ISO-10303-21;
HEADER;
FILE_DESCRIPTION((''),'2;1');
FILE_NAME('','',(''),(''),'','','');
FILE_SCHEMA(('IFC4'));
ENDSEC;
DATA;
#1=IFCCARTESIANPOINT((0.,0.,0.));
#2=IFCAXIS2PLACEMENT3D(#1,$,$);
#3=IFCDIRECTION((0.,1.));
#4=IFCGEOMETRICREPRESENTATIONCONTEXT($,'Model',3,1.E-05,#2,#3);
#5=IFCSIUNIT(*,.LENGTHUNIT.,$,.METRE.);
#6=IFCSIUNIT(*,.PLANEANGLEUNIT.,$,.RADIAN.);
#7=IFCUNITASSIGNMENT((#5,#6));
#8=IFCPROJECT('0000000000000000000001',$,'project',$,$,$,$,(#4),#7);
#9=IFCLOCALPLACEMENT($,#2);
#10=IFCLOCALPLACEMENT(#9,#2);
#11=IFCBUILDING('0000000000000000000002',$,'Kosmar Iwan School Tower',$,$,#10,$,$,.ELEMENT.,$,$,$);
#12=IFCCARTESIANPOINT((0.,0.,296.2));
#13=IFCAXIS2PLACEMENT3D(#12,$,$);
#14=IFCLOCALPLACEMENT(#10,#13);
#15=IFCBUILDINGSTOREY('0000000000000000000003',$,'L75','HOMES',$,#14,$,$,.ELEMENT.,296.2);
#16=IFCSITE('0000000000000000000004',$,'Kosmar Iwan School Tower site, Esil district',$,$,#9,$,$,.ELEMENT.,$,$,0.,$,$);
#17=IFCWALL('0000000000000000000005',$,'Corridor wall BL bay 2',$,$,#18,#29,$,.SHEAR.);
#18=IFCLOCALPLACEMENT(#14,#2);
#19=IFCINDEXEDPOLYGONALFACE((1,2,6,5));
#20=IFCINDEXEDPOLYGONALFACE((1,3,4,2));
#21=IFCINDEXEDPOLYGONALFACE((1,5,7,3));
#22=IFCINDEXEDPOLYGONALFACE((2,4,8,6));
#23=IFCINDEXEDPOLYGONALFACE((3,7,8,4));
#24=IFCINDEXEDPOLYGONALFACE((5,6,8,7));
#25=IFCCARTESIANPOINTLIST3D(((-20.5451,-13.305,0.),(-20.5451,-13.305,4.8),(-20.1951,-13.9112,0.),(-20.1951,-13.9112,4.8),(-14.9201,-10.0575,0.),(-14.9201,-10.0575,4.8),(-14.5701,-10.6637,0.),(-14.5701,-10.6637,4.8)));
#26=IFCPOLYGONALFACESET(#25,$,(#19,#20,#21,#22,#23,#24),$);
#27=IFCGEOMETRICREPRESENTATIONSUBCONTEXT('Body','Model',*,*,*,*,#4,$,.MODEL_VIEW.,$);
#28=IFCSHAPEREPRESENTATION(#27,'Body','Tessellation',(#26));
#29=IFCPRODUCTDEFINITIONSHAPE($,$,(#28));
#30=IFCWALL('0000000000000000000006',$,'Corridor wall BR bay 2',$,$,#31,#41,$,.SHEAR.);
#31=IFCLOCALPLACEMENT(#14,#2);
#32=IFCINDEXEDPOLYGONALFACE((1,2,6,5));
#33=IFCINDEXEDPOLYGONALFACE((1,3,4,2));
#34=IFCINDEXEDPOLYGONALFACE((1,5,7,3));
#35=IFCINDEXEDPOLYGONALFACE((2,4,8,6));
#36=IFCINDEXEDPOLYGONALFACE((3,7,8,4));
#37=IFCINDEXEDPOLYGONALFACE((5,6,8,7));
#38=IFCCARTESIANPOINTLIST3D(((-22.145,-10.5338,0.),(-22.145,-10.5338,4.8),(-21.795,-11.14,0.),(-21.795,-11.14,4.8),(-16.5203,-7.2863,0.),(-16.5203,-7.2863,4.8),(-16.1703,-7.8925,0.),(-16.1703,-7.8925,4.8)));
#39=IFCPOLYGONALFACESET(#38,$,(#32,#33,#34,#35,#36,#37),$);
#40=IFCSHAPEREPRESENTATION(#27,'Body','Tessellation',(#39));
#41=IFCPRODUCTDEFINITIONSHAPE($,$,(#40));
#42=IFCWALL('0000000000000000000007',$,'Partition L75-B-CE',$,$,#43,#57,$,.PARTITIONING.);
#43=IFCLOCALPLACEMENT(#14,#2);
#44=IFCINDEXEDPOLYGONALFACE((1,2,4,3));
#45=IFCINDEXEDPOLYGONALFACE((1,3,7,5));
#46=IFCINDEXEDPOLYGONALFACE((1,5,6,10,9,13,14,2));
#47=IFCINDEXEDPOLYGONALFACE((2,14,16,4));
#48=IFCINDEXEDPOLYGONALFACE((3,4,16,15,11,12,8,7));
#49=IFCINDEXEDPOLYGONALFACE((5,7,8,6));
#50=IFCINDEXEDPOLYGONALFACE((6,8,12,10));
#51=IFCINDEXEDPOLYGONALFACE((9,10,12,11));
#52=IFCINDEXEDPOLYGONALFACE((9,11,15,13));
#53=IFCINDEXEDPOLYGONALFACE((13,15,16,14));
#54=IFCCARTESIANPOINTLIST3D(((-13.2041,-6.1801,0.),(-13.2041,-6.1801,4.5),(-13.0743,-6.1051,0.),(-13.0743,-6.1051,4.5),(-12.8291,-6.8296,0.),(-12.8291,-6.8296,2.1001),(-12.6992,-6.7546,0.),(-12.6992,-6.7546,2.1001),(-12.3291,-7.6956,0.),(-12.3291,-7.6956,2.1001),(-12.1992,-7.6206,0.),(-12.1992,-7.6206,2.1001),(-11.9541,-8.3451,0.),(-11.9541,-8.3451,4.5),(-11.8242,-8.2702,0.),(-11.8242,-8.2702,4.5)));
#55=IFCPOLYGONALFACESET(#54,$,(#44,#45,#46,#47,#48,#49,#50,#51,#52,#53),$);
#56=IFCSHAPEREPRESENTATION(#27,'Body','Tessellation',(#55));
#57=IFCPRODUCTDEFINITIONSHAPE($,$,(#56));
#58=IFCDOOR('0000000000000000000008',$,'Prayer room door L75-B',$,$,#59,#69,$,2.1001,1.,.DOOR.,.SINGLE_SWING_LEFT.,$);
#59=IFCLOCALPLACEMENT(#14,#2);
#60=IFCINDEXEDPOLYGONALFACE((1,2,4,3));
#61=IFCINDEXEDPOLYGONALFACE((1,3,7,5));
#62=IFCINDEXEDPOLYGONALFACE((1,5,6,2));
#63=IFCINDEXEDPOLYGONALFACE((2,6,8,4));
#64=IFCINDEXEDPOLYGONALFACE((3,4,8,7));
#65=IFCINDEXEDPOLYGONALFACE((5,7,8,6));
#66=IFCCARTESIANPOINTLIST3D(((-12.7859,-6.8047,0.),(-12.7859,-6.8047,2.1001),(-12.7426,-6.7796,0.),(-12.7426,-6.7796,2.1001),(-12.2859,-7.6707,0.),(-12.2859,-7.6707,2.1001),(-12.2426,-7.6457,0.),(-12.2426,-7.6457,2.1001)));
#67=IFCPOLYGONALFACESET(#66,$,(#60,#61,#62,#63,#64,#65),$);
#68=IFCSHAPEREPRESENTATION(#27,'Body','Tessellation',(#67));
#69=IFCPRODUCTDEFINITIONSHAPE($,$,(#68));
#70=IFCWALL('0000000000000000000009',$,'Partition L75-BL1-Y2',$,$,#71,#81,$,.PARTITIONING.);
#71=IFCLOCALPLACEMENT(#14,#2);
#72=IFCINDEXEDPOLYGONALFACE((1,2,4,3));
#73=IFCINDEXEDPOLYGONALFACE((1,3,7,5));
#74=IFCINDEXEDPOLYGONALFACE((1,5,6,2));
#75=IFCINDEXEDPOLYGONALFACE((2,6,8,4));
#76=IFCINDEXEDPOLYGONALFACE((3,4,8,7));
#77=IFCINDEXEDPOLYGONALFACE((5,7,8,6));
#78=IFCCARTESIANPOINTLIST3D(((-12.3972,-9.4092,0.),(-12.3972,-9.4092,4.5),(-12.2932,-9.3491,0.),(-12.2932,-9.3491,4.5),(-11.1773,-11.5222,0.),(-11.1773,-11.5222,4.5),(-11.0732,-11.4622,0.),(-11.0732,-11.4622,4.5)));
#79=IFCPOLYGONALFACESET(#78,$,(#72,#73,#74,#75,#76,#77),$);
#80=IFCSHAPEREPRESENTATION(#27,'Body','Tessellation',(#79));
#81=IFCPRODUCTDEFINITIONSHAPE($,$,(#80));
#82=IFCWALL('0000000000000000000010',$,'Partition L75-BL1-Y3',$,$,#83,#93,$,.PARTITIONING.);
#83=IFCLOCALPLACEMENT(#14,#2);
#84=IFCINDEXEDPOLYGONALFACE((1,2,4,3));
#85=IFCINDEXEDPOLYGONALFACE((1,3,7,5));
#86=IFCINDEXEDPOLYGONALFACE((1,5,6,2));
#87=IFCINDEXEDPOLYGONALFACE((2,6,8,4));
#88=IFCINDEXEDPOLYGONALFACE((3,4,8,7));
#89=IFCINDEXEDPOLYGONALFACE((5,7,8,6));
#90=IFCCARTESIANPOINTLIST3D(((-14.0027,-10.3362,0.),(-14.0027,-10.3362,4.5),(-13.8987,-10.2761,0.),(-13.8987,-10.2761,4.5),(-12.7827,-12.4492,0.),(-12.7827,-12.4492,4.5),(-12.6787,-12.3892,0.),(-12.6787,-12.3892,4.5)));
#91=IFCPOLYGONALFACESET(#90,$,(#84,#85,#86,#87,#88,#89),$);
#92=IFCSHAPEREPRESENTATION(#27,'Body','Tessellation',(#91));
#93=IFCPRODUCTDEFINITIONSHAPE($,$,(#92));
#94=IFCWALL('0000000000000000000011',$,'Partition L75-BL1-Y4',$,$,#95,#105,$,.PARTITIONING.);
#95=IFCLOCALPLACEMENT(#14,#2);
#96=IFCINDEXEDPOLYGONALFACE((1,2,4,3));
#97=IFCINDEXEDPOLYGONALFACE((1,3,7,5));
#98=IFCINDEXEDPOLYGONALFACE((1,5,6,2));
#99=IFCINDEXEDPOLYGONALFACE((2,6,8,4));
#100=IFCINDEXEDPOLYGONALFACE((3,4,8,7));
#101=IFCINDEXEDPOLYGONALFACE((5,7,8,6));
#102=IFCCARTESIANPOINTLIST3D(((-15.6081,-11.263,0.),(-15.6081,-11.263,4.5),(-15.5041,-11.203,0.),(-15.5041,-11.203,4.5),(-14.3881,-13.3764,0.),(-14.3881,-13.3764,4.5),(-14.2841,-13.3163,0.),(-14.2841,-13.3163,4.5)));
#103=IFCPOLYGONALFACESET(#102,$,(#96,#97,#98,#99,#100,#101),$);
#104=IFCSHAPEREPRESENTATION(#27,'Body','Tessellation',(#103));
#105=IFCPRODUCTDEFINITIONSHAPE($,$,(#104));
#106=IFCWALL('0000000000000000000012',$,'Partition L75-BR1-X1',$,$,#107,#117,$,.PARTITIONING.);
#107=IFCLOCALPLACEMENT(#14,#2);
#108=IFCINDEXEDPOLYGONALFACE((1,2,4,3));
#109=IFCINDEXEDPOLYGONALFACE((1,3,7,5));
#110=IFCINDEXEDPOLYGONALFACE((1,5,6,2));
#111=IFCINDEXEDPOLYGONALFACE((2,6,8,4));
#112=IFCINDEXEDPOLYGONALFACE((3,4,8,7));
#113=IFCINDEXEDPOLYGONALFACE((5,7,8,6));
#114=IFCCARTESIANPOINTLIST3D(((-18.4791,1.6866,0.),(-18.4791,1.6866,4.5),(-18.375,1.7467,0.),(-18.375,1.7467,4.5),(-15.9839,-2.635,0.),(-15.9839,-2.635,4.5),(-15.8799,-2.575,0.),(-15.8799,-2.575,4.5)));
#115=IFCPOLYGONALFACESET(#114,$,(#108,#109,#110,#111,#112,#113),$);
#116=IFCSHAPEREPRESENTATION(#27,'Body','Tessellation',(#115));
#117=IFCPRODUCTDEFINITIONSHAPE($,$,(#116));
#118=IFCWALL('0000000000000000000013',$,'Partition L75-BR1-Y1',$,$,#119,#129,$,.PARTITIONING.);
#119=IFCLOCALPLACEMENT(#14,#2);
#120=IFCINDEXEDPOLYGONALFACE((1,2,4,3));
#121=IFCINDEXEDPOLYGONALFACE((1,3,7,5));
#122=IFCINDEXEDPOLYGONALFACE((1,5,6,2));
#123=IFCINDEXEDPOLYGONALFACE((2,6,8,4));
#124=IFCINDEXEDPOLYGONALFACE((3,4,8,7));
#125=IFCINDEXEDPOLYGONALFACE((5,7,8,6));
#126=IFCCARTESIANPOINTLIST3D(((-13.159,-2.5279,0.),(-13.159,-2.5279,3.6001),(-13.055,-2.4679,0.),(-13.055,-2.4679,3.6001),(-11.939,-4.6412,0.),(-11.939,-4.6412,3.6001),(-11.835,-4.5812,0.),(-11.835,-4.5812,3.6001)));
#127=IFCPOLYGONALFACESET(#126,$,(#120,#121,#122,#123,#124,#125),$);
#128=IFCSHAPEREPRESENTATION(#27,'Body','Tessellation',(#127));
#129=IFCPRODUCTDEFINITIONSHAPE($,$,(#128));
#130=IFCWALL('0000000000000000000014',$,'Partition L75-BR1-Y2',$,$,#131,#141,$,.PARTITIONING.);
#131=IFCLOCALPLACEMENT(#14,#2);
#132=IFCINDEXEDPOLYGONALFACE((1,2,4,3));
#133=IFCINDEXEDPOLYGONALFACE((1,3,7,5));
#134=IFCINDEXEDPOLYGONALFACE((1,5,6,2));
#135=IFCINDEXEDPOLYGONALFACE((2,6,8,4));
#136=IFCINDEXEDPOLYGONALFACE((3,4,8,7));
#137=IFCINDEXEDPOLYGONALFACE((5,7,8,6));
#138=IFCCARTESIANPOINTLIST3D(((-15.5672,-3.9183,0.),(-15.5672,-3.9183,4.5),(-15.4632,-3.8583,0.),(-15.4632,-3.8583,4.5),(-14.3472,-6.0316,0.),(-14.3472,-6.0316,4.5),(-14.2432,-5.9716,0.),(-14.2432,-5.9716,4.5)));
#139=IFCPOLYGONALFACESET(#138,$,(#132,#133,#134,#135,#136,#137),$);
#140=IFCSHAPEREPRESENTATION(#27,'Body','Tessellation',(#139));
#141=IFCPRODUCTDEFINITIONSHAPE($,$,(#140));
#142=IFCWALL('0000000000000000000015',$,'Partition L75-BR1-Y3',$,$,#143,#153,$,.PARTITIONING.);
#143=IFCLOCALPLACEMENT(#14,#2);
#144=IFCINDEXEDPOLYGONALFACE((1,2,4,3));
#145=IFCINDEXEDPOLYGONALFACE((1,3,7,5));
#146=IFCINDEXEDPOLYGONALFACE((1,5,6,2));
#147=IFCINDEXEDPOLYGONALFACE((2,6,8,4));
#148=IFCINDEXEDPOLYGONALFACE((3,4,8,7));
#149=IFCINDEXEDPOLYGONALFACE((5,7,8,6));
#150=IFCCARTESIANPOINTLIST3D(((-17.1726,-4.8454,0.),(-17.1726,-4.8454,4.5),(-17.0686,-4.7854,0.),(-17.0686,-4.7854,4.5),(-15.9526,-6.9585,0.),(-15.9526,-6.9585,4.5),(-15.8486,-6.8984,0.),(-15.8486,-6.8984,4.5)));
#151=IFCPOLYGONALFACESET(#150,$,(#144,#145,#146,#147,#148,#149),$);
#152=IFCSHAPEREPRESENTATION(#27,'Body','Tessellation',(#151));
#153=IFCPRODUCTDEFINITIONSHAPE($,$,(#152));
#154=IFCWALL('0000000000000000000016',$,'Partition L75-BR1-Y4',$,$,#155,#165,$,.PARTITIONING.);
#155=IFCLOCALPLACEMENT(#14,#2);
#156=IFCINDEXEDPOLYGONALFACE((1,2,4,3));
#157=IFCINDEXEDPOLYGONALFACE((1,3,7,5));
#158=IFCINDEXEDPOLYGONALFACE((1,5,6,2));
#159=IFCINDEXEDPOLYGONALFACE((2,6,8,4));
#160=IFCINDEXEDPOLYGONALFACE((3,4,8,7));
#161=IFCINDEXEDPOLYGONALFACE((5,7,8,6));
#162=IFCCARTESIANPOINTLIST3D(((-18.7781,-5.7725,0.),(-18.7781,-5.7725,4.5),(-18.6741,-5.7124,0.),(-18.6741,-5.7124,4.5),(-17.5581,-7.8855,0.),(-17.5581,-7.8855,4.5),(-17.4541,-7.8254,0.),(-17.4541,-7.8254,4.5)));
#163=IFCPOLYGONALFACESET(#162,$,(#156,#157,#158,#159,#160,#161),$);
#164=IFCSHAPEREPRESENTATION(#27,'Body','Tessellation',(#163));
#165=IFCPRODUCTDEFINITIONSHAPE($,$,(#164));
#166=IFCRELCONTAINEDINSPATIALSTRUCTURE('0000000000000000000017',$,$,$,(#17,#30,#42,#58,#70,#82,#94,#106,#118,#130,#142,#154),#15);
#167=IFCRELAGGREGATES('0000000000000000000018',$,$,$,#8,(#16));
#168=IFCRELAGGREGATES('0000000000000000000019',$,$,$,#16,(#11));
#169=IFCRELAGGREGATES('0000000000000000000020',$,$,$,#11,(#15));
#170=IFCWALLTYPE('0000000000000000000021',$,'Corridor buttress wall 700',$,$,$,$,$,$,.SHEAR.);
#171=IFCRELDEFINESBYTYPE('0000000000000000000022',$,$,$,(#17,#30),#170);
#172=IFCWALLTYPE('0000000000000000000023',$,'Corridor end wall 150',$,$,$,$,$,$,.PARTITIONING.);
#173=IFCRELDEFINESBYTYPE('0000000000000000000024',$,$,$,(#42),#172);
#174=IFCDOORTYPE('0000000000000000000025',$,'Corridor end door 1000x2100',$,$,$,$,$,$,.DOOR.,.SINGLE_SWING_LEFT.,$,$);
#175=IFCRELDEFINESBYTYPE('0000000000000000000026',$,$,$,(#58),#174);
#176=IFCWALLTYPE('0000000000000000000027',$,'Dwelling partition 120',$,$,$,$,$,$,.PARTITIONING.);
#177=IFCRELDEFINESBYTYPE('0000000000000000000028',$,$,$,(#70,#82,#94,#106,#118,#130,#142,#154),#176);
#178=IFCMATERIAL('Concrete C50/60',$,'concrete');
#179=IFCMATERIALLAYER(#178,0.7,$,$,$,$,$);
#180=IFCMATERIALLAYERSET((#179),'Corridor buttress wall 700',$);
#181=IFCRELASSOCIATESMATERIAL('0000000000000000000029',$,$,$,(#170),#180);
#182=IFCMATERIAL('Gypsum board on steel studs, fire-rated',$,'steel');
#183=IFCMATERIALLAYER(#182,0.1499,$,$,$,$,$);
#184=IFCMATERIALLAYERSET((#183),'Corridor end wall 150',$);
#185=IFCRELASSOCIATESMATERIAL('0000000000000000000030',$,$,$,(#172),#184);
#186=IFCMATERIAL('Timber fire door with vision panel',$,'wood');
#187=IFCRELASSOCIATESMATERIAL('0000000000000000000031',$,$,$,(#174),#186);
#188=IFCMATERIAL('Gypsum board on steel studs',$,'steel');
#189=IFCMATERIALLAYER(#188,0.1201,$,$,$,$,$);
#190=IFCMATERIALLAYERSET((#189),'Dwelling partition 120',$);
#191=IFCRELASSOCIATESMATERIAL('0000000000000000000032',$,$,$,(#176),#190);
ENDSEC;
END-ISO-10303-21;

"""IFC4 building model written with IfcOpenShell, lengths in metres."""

from ifc_helpers import new_model, si_unit, direction, frame, frame_2d, origin, place, context, subcontext, project, spatial, rectangle, extrude, material, layer, layer_set, type_object, element, fill, save


model = new_model("IFC4")

# Units and contexts
model_context = context("Model", 3, precision=1e-05, world=origin(), true_north=direction((0.0, 1.0)))
body_context = subcontext(model_context, "Body", "Model", "MODEL_VIEW")
ifc_project = project(units=[si_unit("LENGTHUNIT", "METRE"), si_unit("PLANEANGLEUNIT", "RADIAN")], contexts=[model_context])

# Site, building, storey
site_placement = place(None, origin())
site = spatial("IfcSite", under=ifc_project, at=site_placement, Name="Kosmar Iwan School Tower site, Esil district", CompositionType="ELEMENT", RefElevation=0.0)
building_placement = place(site_placement, origin())
building = spatial("IfcBuilding", under=site, at=building_placement, Name="Kosmar Iwan School Tower", CompositionType="ELEMENT")
storey_placement = place(building_placement, frame((0.0, 0.0, 296.2)))
storey = spatial("IfcBuildingStorey", under=building, at=storey_placement, Name="L75", Description="HOMES", CompositionType="ELEMENT", Elevation=296.2)

# Walls
ifc_material_1 = material(Name="Concrete C50/60", Category="concrete")
ifc_layer_1 = layer(ifc_material_1, 0.7)
ifc_layer_set_1 = layer_set([ifc_layer_1], Name="Corridor buttress wall 700")
wall_type_1 = type_object("IfcWallType", Name="Corridor buttress wall 700", PredefinedType="SHEAR", material=ifc_layer_set_1)
wall_1_placement = place(storey_placement, frame((-14.7451, -10.3606, 0.0), z_axis=(0.0, 0.0, 1.0), x_axis=(-0.866028, -0.499996, 0.0)))
element("IfcWall", 1, at=wall_1_placement, inside=storey, type_object=wall_type_1, Name="Corridor wall BL bay 2", PredefinedType="SHEAR", context=body_context, shape_type="SweptSolid", body=[
    extrude(rectangle(XDim=6.4951, YDim=0.7, at=frame_2d((3.2476, 0.0))), origin(), (0.0, 0.0, 1.0), 4.8),
])
wall_2_placement = place(storey_placement, frame((-16.3452, -7.5894, 0.0), z_axis=(0.0, 0.0, 1.0), x_axis=(-0.866018, -0.500012, 0.0)))
element("IfcWall", 2, at=wall_2_placement, inside=storey, type_object=wall_type_1, Name="Corridor wall BR bay 2", PredefinedType="SHEAR", context=body_context, shape_type="SweptSolid", body=[
    extrude(rectangle(XDim=6.4949, YDim=0.7, at=frame_2d((3.2476, 0.0))), origin(), (0.0, 0.0, 1.0), 4.8),
])

# Wall, opening, door
ifc_material_2 = material(Name="Gypsum board on steel studs, fire-rated", Category="steel")
ifc_layer_2 = layer(ifc_material_2, 0.1499)
ifc_layer_set_2 = layer_set([ifc_layer_2], Name="Corridor end wall 150")
wall_type_2 = type_object("IfcWallType", Name="Corridor end wall 150", PredefinedType="PARTITIONING", material=ifc_layer_set_2)
wall_3_placement = place(storey_placement, frame((-13.1392, -6.1426, 0.0), z_axis=(0.0, 0.0, 1.0), x_axis=(0.500004, -0.866023, 0.0)))
wall_3 = element("IfcWall", 3, at=wall_3_placement, inside=storey, type_object=wall_type_2, Name="Partition L75-B-CE", PredefinedType="PARTITIONING", context=body_context, shape_type="SweptSolid", body=[
    extrude(rectangle(XDim=2.5, YDim=0.1499, at=frame_2d((1.25, 0.0))), origin(), (0.0, 0.0, 1.0), 4.5),
])
opening_placement = place(wall_3_placement, frame((0.75, 0.0, 0.0)))
opening = element("IfcOpeningElement", 4, at=opening_placement, cuts=wall_3, PredefinedType="OPENING", context=body_context, shape_type="SweptSolid", body=[
    extrude(rectangle(XDim=1.0, YDim=2.1001, at=frame_2d((0.5, 1.05))), frame((0.0, 0.0869, 0.0), z_axis=(0.0, -1.0, 0.0), x_axis=(1.0, 0.0, 0.0)), (0.0, 0.0, 1.0), 0.1738),
])
ifc_material_3 = material(Name="Timber fire door with vision panel", Category="wood")
door_type = type_object("IfcDoorType", Name="Corridor end door 1000x2100", OperationType="SINGLE_SWING_LEFT", PredefinedType="DOOR", material=ifc_material_3)
door_placement = place(opening_placement, origin())
door = element("IfcDoor", 5, at=door_placement, inside=storey, type_object=door_type, Name="Prayer room door L75-B", OperationType="SINGLE_SWING_LEFT", OverallHeight=2.1001, OverallWidth=1.0, PredefinedType="DOOR", context=body_context, shape_type="SweptSolid", body=[
    extrude(rectangle(XDim=1.0, YDim=2.1001, at=frame_2d((0.5, 1.05))), frame((0.0, 0.0249, 0.0), z_axis=(0.0, -1.0, 0.0), x_axis=(1.0, 0.0, 0.0)), (0.0, 0.0, 1.0), 0.05),
])
fill(opening, door)

# Walls
ifc_material_4 = material(Name="Gypsum board on steel studs", Category="steel")
ifc_layer_3 = layer(ifc_material_4, 0.1201)
ifc_layer_set_3 = layer_set([ifc_layer_3], Name="Dwelling partition 120")
wall_type_3 = type_object("IfcWallType", Name="Dwelling partition 120", PredefinedType="PARTITIONING", material=ifc_layer_set_3)
for number, where, z_axis, x_axis, name in (
    (6, (-12.3452, -9.3792, 0.0), (0.0, 0.0, 1.0), (0.500003, -0.866024, 0.0), "Partition L75-BL1-Y2"),
    (7, (-13.9507, -10.3062, 0.0), (0.0, 0.0, 1.0), (0.500003, -0.866024, 0.0), "Partition L75-BL1-Y3"),
):
    element("IfcWall", number, at=place(storey_placement, frame(where, z_axis=z_axis, x_axis=x_axis)), inside=storey, type_object=wall_type_3, Name=name, PredefinedType="PARTITIONING", context=body_context, shape_type="SweptSolid", body=[
        extrude(rectangle(XDim=2.4399, YDim=0.1201, at=frame_2d((1.22, 0.0))), origin(), (0.0, 0.0, 1.0), 4.5),
    ])
wall_4_placement = place(storey_placement, frame((-15.5562, -11.2329, 0.0), z_axis=(0.0, 0.0, 1.0), x_axis=(0.499959, -0.866049, 0.0)))
element("IfcWall", 8, at=wall_4_placement, inside=storey, type_object=wall_type_3, Name="Partition L75-BL1-Y4", PredefinedType="PARTITIONING", context=body_context, shape_type="SweptSolid", body=[
    extrude(rectangle(XDim=2.4402, YDim=0.1201, at=frame_2d((1.2202, 0.0))), origin(), (0.0, 0.0, 1.0), 4.5),
])
wall_5_placement = place(storey_placement, frame((-15.9319, -2.605, 0.0), z_axis=(0.0, 0.0, 1.0), x_axis=(-0.500012, 0.866019, 0.0)))
element("IfcWall", 9, at=wall_5_placement, inside=storey, type_object=wall_type_3, Name="Partition L75-BR1-X1", PredefinedType="PARTITIONING", context=body_context, shape_type="SweptSolid", body=[
    extrude(rectangle(XDim=4.9902, YDim=0.1201, at=frame_2d((2.4951, 0.0))), origin(), (0.0, 0.0, 1.0), 4.5),
])
wall_6_placement = place(storey_placement, frame((-11.887, -4.6113, 0.0), z_axis=(0.0, 0.0, 1.0), x_axis=(-0.499959, 0.866049, 0.0)))
element("IfcWall", 10, at=wall_6_placement, inside=storey, type_object=wall_type_3, Name="Partition L75-BR1-Y1", PredefinedType="PARTITIONING", context=body_context, shape_type="SweptSolid", body=[
    extrude(rectangle(XDim=2.4402, YDim=0.1201, at=frame_2d((1.2202, 0.0))), origin(), (0.0, 0.0, 1.0), 3.6001),
])
wall_7_placement = place(storey_placement, frame((-14.2952, -6.0017, 0.0), z_axis=(0.0, 0.0, 1.0), x_axis=(-0.499959, 0.866049, 0.0)))
element("IfcWall", 11, at=wall_7_placement, inside=storey, type_object=wall_type_3, Name="Partition L75-BR1-Y2", PredefinedType="PARTITIONING", context=body_context, shape_type="SweptSolid", body=[
    extrude(rectangle(XDim=2.4402, YDim=0.1201, at=frame_2d((1.2202, 0.0))), origin(), (0.0, 0.0, 1.0), 4.5),
])
for number, where, z_axis, x_axis, name in (
    (12, (-15.9006, -6.9285, 0.0), (0.0, 0.0, 1.0), (-0.500003, 0.866024, 0.0), "Partition L75-BR1-Y3"),
    (13, (-17.5061, -7.8555, 0.0), (0.0, 0.0, 1.0), (-0.500003, 0.866024, 0.0), "Partition L75-BR1-Y4"),
):
    element("IfcWall", number, at=place(storey_placement, frame(where, z_axis=z_axis, x_axis=x_axis)), inside=storey, type_object=wall_type_3, Name=name, PredefinedType="PARTITIONING", context=body_context, shape_type="SweptSolid", body=[
        extrude(rectangle(XDim=2.4399, YDim=0.1201, at=frame_2d((1.22, 0.0))), origin(), (0.0, 0.0, 1.0), 4.5),
    ])

save(model, "model.ifc")
